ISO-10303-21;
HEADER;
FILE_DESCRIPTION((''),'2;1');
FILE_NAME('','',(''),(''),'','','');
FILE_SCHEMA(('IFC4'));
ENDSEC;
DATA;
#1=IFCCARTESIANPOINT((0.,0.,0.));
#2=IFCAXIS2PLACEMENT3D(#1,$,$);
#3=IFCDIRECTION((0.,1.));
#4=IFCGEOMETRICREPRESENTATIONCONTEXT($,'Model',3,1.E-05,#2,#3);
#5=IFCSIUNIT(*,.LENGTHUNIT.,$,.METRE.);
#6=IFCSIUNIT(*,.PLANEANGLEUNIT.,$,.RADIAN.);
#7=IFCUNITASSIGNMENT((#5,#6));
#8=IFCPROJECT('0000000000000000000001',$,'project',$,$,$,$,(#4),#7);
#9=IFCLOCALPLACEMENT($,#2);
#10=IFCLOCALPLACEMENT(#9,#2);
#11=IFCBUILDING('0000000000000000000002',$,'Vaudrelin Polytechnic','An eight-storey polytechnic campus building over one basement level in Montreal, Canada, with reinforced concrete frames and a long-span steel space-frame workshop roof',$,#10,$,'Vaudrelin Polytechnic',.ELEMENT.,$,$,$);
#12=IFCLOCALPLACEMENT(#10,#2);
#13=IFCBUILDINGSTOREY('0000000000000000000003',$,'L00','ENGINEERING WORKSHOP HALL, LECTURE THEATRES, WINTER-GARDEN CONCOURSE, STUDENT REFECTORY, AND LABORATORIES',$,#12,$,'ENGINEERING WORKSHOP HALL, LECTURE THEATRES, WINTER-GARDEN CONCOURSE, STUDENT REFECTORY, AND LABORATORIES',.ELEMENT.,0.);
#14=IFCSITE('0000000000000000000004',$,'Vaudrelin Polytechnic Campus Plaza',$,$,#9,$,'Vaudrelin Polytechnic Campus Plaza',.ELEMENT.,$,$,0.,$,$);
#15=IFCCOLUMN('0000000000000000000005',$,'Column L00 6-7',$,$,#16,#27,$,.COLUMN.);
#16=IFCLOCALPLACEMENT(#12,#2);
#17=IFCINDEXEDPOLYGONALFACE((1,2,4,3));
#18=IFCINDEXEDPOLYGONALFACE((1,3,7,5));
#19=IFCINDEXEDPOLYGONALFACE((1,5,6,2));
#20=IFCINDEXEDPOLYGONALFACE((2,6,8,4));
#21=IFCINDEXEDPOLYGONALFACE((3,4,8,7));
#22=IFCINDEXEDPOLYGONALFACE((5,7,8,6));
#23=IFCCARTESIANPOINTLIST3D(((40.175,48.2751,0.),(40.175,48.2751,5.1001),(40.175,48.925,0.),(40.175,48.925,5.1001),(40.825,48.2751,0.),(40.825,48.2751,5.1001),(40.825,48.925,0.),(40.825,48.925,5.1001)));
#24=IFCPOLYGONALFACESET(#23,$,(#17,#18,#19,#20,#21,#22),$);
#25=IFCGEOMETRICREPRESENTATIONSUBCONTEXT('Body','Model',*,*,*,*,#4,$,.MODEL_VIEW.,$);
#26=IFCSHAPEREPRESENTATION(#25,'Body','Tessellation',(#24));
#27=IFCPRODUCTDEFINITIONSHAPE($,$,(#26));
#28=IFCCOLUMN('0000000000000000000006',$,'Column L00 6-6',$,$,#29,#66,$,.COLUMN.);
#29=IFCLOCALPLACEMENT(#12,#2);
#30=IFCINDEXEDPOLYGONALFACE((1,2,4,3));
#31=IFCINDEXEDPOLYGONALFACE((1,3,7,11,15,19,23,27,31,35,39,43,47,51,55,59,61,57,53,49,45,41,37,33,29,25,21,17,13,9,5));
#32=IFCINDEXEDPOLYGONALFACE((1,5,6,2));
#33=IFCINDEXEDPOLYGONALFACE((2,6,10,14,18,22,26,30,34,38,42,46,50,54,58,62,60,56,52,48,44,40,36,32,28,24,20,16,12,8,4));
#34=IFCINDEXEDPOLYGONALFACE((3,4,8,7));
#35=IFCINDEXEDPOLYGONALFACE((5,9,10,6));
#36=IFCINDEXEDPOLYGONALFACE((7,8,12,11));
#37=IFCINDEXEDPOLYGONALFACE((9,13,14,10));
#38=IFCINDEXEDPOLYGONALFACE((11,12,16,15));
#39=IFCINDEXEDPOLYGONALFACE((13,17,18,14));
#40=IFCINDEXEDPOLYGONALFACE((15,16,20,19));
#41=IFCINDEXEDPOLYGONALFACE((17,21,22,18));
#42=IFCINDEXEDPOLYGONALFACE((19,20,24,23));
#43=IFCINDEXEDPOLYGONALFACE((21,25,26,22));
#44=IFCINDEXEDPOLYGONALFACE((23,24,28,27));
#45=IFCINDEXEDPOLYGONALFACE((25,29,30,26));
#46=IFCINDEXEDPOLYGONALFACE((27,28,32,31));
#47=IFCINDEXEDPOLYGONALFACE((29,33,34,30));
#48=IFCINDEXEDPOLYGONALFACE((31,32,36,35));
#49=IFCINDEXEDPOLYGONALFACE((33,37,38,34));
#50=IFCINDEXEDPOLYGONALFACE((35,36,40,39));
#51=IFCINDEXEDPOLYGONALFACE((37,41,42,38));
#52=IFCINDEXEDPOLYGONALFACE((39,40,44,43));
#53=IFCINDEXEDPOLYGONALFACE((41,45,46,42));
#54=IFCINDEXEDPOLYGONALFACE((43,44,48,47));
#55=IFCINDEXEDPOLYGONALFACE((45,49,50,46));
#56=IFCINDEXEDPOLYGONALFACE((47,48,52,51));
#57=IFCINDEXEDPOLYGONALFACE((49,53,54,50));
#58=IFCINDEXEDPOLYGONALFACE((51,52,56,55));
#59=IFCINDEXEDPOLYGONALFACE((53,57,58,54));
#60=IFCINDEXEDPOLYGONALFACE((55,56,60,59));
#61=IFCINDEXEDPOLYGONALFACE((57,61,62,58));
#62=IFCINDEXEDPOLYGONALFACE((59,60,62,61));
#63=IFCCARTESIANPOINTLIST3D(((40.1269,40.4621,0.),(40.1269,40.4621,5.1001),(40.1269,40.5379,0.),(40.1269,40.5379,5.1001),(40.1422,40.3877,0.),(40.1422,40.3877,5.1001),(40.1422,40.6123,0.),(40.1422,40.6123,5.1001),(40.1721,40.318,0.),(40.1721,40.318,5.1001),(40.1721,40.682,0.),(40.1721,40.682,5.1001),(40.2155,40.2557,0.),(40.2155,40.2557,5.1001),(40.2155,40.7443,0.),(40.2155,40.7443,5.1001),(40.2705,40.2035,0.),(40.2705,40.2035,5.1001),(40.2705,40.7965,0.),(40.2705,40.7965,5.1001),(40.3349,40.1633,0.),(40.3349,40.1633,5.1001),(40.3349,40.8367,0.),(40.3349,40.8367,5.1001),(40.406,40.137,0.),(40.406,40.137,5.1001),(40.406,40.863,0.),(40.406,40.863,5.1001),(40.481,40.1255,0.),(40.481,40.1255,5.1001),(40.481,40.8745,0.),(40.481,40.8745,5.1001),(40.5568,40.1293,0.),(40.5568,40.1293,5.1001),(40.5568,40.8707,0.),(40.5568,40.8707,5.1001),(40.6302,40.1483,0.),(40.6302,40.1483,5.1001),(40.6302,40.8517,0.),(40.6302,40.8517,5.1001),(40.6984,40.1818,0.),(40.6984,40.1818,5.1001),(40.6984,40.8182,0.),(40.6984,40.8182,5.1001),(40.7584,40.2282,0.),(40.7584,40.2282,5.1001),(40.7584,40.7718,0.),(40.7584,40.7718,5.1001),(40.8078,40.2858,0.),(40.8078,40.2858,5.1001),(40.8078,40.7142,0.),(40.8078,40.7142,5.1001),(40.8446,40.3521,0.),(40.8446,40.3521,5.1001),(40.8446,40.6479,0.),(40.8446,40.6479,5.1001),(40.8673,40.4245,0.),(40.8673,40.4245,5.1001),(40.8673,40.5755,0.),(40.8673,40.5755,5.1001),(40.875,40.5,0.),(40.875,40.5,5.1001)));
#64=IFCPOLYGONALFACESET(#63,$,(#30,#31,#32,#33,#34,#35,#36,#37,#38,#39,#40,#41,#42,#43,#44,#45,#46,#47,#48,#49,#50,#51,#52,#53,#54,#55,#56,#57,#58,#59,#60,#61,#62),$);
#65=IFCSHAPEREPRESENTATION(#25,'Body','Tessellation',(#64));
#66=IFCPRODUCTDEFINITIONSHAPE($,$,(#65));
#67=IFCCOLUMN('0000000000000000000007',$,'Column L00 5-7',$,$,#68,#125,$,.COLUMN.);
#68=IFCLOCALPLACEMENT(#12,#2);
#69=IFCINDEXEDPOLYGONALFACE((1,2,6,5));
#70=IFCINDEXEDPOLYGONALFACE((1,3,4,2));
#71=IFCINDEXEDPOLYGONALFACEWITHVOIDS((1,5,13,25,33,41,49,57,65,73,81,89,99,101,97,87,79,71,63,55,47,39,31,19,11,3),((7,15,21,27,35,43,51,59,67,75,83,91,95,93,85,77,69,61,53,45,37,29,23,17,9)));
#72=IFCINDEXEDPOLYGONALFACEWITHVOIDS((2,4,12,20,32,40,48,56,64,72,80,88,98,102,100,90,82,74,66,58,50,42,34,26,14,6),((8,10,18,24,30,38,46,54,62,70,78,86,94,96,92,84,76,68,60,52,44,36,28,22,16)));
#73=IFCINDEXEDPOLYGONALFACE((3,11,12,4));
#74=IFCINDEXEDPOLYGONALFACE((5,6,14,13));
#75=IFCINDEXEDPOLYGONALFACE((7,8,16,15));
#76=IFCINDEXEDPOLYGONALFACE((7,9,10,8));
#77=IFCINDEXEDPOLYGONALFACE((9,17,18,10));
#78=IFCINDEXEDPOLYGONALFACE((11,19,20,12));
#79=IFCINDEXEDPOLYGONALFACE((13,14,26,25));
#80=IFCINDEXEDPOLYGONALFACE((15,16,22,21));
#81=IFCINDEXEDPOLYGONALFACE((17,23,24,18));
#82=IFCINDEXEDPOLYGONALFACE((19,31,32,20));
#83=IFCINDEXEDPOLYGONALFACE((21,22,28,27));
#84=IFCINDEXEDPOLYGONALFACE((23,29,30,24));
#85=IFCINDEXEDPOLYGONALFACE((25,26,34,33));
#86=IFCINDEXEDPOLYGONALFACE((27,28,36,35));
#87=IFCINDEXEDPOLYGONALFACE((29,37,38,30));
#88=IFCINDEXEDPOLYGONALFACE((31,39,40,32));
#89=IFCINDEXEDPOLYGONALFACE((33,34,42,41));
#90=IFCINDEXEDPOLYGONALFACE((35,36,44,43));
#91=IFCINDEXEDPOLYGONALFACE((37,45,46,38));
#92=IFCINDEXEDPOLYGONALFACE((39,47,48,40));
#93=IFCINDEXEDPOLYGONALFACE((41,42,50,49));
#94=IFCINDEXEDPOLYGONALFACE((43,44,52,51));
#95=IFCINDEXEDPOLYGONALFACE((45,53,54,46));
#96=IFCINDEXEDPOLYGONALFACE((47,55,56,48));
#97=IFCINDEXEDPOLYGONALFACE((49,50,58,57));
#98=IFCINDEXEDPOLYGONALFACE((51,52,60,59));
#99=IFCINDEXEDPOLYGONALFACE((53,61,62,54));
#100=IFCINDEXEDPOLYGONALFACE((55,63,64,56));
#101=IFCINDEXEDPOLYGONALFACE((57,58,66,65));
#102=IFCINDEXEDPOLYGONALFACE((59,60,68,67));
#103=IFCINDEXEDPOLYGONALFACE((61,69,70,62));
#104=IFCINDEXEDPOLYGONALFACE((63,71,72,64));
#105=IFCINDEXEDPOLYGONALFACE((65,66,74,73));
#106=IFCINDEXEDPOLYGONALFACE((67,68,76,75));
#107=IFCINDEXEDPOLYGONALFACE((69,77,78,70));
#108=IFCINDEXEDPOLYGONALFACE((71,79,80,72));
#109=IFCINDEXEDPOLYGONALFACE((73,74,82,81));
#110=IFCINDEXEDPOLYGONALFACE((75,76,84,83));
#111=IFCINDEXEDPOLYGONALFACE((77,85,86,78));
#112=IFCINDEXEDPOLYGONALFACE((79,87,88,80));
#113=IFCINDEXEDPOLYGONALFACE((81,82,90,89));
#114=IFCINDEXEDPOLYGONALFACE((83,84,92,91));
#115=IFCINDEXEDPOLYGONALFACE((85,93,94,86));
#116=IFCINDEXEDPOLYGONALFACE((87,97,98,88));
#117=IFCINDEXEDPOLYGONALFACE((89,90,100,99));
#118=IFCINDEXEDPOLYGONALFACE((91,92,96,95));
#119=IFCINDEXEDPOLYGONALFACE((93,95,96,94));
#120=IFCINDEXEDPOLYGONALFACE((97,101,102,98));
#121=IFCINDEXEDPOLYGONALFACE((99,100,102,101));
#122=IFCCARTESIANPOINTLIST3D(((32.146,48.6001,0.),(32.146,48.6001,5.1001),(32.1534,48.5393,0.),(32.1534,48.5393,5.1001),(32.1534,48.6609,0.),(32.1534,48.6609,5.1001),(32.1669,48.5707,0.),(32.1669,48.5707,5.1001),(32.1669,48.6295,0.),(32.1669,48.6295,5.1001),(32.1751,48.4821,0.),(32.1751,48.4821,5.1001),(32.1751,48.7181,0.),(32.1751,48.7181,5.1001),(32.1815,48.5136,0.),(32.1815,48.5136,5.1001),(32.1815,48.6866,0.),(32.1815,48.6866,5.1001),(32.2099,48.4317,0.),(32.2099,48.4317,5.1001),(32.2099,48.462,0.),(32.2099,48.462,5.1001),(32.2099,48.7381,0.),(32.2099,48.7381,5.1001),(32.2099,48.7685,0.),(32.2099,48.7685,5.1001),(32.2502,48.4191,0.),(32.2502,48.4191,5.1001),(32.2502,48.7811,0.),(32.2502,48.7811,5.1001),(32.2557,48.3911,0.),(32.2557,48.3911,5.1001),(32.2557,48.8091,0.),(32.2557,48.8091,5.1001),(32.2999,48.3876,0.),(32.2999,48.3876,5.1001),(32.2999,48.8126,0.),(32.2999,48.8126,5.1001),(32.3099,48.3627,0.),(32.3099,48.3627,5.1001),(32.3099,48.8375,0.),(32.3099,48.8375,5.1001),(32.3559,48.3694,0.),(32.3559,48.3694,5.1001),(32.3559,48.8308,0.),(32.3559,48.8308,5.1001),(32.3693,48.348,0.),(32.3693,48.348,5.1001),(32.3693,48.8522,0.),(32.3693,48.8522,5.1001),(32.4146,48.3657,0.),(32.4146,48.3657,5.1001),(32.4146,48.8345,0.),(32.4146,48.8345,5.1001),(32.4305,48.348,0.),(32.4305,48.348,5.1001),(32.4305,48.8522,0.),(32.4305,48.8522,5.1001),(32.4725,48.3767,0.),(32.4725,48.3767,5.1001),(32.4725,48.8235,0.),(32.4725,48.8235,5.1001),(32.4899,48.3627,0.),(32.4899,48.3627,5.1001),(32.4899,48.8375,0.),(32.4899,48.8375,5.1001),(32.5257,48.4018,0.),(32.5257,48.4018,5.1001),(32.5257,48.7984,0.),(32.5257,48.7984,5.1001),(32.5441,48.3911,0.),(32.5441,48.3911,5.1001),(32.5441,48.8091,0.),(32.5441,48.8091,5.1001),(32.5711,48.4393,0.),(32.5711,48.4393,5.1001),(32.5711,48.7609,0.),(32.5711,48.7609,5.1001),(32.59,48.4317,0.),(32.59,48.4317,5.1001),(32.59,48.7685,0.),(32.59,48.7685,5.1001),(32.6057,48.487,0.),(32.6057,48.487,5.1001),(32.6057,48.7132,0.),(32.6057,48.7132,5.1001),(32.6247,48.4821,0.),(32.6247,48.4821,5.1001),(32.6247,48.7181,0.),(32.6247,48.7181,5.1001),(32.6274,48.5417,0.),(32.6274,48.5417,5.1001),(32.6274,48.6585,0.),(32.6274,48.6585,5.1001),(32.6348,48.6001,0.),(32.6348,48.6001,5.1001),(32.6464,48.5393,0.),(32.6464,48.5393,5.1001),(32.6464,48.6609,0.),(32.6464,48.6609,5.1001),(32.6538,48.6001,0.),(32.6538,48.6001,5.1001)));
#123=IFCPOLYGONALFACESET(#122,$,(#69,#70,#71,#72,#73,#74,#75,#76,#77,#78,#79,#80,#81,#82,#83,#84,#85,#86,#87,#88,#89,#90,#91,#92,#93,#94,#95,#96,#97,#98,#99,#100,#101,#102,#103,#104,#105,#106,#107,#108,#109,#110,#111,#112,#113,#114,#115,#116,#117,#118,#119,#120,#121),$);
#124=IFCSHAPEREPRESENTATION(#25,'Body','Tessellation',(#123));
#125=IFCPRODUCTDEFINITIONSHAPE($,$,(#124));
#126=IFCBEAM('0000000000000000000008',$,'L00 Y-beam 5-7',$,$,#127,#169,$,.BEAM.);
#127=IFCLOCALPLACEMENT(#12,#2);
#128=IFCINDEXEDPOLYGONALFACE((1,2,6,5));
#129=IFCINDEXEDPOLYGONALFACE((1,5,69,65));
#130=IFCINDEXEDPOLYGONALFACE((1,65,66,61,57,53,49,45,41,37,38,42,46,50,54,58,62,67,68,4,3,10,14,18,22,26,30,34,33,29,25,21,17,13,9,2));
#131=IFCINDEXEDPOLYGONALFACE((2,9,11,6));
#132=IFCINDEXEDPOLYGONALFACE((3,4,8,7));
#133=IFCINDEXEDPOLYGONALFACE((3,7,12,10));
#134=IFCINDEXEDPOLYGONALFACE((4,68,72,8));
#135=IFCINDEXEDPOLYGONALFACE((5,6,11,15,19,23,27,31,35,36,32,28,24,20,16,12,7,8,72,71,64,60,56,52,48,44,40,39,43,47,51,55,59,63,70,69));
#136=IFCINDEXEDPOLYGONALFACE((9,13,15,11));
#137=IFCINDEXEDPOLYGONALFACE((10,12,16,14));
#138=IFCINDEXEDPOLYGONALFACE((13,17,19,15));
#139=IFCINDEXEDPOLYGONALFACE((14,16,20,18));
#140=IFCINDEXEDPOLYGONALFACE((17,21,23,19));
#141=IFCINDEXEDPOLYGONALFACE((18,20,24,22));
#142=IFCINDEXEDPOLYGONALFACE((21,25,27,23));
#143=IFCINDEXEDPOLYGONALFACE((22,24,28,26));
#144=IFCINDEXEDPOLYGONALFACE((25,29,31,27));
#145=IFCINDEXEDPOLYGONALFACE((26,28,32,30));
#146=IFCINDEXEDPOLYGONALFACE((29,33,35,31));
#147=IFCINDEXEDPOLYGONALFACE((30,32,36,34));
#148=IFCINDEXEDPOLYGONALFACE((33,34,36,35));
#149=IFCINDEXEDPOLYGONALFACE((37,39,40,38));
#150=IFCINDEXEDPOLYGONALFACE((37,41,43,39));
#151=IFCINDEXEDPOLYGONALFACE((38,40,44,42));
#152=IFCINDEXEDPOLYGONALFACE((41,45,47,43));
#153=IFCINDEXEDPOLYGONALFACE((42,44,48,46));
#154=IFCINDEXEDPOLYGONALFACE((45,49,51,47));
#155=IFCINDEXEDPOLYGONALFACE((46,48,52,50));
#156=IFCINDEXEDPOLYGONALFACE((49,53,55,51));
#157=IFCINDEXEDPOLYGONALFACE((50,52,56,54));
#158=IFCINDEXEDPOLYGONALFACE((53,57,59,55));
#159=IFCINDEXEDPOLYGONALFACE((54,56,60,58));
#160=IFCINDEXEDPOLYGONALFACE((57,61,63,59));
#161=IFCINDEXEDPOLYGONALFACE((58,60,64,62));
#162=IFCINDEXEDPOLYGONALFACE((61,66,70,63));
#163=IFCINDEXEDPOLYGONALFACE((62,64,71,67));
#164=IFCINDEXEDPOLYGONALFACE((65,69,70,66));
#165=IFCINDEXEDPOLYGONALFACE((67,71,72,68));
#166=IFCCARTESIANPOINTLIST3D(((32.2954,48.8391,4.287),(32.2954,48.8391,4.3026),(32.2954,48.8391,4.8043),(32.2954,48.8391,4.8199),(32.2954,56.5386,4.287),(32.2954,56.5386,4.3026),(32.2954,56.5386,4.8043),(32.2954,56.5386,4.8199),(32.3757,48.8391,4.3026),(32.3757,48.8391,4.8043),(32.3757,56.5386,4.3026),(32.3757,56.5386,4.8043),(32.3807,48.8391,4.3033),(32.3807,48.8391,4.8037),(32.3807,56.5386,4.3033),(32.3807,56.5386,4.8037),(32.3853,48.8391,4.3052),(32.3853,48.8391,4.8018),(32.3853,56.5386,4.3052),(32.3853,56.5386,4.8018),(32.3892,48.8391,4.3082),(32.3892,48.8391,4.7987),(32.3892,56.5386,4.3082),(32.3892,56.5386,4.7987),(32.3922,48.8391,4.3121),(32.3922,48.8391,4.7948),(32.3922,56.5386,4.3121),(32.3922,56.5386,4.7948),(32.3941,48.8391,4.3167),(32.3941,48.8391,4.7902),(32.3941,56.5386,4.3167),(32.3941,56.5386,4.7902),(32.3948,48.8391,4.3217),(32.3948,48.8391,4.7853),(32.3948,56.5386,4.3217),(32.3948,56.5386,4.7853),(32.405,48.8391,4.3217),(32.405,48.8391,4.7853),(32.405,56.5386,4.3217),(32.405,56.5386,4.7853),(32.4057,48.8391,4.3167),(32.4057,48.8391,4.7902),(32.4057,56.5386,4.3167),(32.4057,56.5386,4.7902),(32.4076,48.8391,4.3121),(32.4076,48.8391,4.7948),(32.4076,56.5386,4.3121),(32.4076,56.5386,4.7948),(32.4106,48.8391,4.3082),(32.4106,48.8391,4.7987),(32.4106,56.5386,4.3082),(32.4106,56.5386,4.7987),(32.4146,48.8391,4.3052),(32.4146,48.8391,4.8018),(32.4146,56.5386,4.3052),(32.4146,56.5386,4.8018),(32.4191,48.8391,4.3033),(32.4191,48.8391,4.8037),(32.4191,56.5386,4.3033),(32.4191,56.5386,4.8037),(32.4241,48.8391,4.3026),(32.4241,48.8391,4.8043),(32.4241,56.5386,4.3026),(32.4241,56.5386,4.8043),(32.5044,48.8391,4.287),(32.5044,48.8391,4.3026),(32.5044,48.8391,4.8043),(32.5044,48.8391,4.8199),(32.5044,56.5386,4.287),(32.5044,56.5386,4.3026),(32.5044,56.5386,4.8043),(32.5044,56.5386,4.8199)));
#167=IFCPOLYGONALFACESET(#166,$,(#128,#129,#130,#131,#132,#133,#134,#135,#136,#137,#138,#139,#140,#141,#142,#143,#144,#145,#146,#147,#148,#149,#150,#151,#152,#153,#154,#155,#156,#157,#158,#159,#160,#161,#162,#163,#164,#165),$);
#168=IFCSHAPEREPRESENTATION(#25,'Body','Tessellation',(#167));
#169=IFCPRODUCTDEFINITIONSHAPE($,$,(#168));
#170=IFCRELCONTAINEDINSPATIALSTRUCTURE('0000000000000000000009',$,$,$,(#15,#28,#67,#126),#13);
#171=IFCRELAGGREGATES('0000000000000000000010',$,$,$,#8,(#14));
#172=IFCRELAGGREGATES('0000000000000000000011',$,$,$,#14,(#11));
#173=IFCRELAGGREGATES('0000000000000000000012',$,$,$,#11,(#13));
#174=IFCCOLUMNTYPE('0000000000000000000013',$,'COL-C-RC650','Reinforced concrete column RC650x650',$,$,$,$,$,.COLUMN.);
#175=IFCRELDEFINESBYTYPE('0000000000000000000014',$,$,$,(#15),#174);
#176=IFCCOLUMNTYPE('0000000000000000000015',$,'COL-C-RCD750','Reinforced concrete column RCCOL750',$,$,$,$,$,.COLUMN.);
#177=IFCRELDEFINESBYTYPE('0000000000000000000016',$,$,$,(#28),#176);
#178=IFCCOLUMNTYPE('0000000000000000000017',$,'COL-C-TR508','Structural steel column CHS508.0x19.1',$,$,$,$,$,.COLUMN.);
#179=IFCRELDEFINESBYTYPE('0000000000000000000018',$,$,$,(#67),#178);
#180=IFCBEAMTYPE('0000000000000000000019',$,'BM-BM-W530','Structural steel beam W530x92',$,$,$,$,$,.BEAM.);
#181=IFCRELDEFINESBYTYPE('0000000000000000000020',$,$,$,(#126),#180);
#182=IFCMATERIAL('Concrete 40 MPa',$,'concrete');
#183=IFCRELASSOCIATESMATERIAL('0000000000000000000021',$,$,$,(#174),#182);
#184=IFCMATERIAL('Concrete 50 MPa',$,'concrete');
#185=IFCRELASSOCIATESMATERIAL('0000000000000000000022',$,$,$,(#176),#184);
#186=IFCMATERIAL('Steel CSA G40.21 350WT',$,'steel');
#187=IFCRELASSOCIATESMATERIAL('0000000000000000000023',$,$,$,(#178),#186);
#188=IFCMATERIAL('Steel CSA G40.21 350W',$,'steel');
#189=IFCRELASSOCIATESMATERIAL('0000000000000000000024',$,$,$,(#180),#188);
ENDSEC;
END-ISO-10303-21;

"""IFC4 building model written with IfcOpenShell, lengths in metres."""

from ifc_helpers import new_model, si_unit, direction, frame, origin, origin_2d, place, context, subcontext, project, spatial, rectangle, circle, hollow_circle, i_section, extrude, material, material_profile, profile_set, type_object, element, save


model = new_model("IFC4")

# Units and contexts
model_context = context("Model", 3, precision=1e-05, world=origin(), true_north=direction((0.0, 1.0)))
body_context = subcontext(model_context, "Body", "Model", "MODEL_VIEW")
ifc_project = project(units=[si_unit("LENGTHUNIT", "METRE"), si_unit("PLANEANGLEUNIT", "RADIAN")], contexts=[model_context])

# Site, building, storey
site_placement = place(None, origin())
site = spatial("IfcSite", under=ifc_project, at=site_placement, Name="Vaudrelin Polytechnic Campus Plaza", LongName="Vaudrelin Polytechnic Campus Plaza", CompositionType="ELEMENT", RefElevation=0.0)
building_placement = place(site_placement, origin())
building = spatial("IfcBuilding", under=site, at=building_placement, Name="Vaudrelin Polytechnic", Description="An eight-storey polytechnic campus building over one basement level in Montreal, Canada, with reinforced concrete frames and a long-span steel space-frame workshop roof", LongName="Vaudrelin Polytechnic", CompositionType="ELEMENT")
storey_placement = place(building_placement, origin())
storey = spatial("IfcBuildingStorey", under=building, at=storey_placement, Name="L00", Description="ENGINEERING WORKSHOP HALL, LECTURE THEATRES, WINTER-GARDEN CONCOURSE, STUDENT REFECTORY, AND LABORATORIES", LongName="ENGINEERING WORKSHOP HALL, LECTURE THEATRES, WINTER-GARDEN CONCOURSE, STUDENT REFECTORY, AND LABORATORIES", CompositionType="ELEMENT", Elevation=0.0)

# Columns
ifc_material_1 = material(Name="Concrete 40 MPa", Category="concrete")
ifc_material_profile_1 = material_profile(ifc_material_1, rectangle(XDim=0.6499, YDim=0.6499, at=origin_2d()), Name="RC650x650")
ifc_profile_set_1 = profile_set([ifc_material_profile_1], Name="Concrete 40 MPa")
column_type_1 = type_object("IfcColumnType", Name="COL-C-RC650", Description="Reinforced concrete column RC650x650", PredefinedType="COLUMN", material=ifc_profile_set_1)
column_1_placement = place(storey_placement, frame((40.5, 48.6001, 0.0), z_axis=(0.0, 0.0, 1.0), x_axis=(1.0, 0.0, 0.0)))
element("IfcColumn", 1, at=column_1_placement, inside=storey, type_object=column_type_1, Name="Column L00 6-7", PredefinedType="COLUMN", context=body_context, shape_type="SweptSolid", body=[
    extrude(rectangle(XDim=0.6499, YDim=0.6499, at=origin_2d()), origin(), (0.0, 0.0, 1.0), 5.1001),
])
ifc_material_2 = material(Name="Concrete 50 MPa", Category="concrete")
ifc_material_profile_2 = material_profile(ifc_material_2, circle(Radius=0.375, at=origin_2d()), Name="RCCOL750")
ifc_profile_set_2 = profile_set([ifc_material_profile_2], Name="Concrete 50 MPa")
column_type_2 = type_object("IfcColumnType", Name="COL-C-RCD750", Description="Reinforced concrete column RCCOL750", PredefinedType="COLUMN", material=ifc_profile_set_2)
column_2_placement = place(storey_placement, frame((40.5, 40.5, 0.0), z_axis=(0.0, 0.0, 1.0), x_axis=(1.0, 0.0, 0.0)))
element("IfcColumn", 2, at=column_2_placement, inside=storey, type_object=column_type_2, Name="Column L00 6-6", PredefinedType="COLUMN", context=body_context, shape_type="SweptSolid", body=[
    extrude(circle(Radius=0.375, at=origin_2d()), origin(), (0.0, 0.0, 1.0), 5.1001),
])
ifc_material_3 = material(Name="Steel CSA G40.21 350WT", Category="steel")
ifc_material_profile_3 = material_profile(ifc_material_3, hollow_circle(Radius=0.2539, WallThickness=0.019, at=origin_2d()), Name="CHS508.0x19.1")
ifc_profile_set_3 = profile_set([ifc_material_profile_3], Name="Steel CSA G40.21 350WT")
column_type_3 = type_object("IfcColumnType", Name="COL-C-TR508", Description="Structural steel column CHS508.0x19.1", PredefinedType="COLUMN", material=ifc_profile_set_3)
column_3_placement = place(storey_placement, frame((32.3999, 48.6001, 0.0), z_axis=(0.0, 0.0, 1.0), x_axis=(1.0, 0.0, 0.0)))
element("IfcColumn", 3, at=column_3_placement, inside=storey, type_object=column_type_3, Name="Column L00 5-7", PredefinedType="COLUMN", context=body_context, shape_type="SweptSolid", body=[
    extrude(hollow_circle(Radius=0.2539, WallThickness=0.019, at=origin_2d()), origin(), (0.0, 0.0, 1.0), 5.1001),
])

# Beam
ifc_material_4 = material(Name="Steel CSA G40.21 350W", Category="steel")
ifc_material_profile_4 = material_profile(ifc_material_4, i_section(OverallWidth=0.209, OverallDepth=0.533, WebThickness=0.0103, FlangeThickness=0.0156, FilletRadius=0.019, at=origin_2d()), Name="W530x92")
ifc_profile_set_4 = profile_set([ifc_material_profile_4], Name="Steel CSA G40.21 350W")
beam_type_1 = type_object("IfcBeamType", Name="BM-BM-W530", Description="Structural steel beam W530x92", PredefinedType="BEAM", material=ifc_profile_set_4)
beam_1_placement = place(storey_placement, frame((32.3999, 48.8391, 4.5535), z_axis=(0.0, 1.0, 0.0), x_axis=(-1.0, 0.0, 0.0)))
element("IfcBeam", 4, at=beam_1_placement, inside=storey, type_object=beam_type_1, Name="L00 Y-beam 5-7", PredefinedType="BEAM", context=body_context, shape_type="SweptSolid", body=[
    extrude(i_section(OverallWidth=0.209, OverallDepth=0.533, WebThickness=0.0103, FlangeThickness=0.0156, FilletRadius=0.019, at=origin_2d()), origin(), (0.0, 0.0, 1.0), 7.6995),
])

save(model, "model.ifc")
